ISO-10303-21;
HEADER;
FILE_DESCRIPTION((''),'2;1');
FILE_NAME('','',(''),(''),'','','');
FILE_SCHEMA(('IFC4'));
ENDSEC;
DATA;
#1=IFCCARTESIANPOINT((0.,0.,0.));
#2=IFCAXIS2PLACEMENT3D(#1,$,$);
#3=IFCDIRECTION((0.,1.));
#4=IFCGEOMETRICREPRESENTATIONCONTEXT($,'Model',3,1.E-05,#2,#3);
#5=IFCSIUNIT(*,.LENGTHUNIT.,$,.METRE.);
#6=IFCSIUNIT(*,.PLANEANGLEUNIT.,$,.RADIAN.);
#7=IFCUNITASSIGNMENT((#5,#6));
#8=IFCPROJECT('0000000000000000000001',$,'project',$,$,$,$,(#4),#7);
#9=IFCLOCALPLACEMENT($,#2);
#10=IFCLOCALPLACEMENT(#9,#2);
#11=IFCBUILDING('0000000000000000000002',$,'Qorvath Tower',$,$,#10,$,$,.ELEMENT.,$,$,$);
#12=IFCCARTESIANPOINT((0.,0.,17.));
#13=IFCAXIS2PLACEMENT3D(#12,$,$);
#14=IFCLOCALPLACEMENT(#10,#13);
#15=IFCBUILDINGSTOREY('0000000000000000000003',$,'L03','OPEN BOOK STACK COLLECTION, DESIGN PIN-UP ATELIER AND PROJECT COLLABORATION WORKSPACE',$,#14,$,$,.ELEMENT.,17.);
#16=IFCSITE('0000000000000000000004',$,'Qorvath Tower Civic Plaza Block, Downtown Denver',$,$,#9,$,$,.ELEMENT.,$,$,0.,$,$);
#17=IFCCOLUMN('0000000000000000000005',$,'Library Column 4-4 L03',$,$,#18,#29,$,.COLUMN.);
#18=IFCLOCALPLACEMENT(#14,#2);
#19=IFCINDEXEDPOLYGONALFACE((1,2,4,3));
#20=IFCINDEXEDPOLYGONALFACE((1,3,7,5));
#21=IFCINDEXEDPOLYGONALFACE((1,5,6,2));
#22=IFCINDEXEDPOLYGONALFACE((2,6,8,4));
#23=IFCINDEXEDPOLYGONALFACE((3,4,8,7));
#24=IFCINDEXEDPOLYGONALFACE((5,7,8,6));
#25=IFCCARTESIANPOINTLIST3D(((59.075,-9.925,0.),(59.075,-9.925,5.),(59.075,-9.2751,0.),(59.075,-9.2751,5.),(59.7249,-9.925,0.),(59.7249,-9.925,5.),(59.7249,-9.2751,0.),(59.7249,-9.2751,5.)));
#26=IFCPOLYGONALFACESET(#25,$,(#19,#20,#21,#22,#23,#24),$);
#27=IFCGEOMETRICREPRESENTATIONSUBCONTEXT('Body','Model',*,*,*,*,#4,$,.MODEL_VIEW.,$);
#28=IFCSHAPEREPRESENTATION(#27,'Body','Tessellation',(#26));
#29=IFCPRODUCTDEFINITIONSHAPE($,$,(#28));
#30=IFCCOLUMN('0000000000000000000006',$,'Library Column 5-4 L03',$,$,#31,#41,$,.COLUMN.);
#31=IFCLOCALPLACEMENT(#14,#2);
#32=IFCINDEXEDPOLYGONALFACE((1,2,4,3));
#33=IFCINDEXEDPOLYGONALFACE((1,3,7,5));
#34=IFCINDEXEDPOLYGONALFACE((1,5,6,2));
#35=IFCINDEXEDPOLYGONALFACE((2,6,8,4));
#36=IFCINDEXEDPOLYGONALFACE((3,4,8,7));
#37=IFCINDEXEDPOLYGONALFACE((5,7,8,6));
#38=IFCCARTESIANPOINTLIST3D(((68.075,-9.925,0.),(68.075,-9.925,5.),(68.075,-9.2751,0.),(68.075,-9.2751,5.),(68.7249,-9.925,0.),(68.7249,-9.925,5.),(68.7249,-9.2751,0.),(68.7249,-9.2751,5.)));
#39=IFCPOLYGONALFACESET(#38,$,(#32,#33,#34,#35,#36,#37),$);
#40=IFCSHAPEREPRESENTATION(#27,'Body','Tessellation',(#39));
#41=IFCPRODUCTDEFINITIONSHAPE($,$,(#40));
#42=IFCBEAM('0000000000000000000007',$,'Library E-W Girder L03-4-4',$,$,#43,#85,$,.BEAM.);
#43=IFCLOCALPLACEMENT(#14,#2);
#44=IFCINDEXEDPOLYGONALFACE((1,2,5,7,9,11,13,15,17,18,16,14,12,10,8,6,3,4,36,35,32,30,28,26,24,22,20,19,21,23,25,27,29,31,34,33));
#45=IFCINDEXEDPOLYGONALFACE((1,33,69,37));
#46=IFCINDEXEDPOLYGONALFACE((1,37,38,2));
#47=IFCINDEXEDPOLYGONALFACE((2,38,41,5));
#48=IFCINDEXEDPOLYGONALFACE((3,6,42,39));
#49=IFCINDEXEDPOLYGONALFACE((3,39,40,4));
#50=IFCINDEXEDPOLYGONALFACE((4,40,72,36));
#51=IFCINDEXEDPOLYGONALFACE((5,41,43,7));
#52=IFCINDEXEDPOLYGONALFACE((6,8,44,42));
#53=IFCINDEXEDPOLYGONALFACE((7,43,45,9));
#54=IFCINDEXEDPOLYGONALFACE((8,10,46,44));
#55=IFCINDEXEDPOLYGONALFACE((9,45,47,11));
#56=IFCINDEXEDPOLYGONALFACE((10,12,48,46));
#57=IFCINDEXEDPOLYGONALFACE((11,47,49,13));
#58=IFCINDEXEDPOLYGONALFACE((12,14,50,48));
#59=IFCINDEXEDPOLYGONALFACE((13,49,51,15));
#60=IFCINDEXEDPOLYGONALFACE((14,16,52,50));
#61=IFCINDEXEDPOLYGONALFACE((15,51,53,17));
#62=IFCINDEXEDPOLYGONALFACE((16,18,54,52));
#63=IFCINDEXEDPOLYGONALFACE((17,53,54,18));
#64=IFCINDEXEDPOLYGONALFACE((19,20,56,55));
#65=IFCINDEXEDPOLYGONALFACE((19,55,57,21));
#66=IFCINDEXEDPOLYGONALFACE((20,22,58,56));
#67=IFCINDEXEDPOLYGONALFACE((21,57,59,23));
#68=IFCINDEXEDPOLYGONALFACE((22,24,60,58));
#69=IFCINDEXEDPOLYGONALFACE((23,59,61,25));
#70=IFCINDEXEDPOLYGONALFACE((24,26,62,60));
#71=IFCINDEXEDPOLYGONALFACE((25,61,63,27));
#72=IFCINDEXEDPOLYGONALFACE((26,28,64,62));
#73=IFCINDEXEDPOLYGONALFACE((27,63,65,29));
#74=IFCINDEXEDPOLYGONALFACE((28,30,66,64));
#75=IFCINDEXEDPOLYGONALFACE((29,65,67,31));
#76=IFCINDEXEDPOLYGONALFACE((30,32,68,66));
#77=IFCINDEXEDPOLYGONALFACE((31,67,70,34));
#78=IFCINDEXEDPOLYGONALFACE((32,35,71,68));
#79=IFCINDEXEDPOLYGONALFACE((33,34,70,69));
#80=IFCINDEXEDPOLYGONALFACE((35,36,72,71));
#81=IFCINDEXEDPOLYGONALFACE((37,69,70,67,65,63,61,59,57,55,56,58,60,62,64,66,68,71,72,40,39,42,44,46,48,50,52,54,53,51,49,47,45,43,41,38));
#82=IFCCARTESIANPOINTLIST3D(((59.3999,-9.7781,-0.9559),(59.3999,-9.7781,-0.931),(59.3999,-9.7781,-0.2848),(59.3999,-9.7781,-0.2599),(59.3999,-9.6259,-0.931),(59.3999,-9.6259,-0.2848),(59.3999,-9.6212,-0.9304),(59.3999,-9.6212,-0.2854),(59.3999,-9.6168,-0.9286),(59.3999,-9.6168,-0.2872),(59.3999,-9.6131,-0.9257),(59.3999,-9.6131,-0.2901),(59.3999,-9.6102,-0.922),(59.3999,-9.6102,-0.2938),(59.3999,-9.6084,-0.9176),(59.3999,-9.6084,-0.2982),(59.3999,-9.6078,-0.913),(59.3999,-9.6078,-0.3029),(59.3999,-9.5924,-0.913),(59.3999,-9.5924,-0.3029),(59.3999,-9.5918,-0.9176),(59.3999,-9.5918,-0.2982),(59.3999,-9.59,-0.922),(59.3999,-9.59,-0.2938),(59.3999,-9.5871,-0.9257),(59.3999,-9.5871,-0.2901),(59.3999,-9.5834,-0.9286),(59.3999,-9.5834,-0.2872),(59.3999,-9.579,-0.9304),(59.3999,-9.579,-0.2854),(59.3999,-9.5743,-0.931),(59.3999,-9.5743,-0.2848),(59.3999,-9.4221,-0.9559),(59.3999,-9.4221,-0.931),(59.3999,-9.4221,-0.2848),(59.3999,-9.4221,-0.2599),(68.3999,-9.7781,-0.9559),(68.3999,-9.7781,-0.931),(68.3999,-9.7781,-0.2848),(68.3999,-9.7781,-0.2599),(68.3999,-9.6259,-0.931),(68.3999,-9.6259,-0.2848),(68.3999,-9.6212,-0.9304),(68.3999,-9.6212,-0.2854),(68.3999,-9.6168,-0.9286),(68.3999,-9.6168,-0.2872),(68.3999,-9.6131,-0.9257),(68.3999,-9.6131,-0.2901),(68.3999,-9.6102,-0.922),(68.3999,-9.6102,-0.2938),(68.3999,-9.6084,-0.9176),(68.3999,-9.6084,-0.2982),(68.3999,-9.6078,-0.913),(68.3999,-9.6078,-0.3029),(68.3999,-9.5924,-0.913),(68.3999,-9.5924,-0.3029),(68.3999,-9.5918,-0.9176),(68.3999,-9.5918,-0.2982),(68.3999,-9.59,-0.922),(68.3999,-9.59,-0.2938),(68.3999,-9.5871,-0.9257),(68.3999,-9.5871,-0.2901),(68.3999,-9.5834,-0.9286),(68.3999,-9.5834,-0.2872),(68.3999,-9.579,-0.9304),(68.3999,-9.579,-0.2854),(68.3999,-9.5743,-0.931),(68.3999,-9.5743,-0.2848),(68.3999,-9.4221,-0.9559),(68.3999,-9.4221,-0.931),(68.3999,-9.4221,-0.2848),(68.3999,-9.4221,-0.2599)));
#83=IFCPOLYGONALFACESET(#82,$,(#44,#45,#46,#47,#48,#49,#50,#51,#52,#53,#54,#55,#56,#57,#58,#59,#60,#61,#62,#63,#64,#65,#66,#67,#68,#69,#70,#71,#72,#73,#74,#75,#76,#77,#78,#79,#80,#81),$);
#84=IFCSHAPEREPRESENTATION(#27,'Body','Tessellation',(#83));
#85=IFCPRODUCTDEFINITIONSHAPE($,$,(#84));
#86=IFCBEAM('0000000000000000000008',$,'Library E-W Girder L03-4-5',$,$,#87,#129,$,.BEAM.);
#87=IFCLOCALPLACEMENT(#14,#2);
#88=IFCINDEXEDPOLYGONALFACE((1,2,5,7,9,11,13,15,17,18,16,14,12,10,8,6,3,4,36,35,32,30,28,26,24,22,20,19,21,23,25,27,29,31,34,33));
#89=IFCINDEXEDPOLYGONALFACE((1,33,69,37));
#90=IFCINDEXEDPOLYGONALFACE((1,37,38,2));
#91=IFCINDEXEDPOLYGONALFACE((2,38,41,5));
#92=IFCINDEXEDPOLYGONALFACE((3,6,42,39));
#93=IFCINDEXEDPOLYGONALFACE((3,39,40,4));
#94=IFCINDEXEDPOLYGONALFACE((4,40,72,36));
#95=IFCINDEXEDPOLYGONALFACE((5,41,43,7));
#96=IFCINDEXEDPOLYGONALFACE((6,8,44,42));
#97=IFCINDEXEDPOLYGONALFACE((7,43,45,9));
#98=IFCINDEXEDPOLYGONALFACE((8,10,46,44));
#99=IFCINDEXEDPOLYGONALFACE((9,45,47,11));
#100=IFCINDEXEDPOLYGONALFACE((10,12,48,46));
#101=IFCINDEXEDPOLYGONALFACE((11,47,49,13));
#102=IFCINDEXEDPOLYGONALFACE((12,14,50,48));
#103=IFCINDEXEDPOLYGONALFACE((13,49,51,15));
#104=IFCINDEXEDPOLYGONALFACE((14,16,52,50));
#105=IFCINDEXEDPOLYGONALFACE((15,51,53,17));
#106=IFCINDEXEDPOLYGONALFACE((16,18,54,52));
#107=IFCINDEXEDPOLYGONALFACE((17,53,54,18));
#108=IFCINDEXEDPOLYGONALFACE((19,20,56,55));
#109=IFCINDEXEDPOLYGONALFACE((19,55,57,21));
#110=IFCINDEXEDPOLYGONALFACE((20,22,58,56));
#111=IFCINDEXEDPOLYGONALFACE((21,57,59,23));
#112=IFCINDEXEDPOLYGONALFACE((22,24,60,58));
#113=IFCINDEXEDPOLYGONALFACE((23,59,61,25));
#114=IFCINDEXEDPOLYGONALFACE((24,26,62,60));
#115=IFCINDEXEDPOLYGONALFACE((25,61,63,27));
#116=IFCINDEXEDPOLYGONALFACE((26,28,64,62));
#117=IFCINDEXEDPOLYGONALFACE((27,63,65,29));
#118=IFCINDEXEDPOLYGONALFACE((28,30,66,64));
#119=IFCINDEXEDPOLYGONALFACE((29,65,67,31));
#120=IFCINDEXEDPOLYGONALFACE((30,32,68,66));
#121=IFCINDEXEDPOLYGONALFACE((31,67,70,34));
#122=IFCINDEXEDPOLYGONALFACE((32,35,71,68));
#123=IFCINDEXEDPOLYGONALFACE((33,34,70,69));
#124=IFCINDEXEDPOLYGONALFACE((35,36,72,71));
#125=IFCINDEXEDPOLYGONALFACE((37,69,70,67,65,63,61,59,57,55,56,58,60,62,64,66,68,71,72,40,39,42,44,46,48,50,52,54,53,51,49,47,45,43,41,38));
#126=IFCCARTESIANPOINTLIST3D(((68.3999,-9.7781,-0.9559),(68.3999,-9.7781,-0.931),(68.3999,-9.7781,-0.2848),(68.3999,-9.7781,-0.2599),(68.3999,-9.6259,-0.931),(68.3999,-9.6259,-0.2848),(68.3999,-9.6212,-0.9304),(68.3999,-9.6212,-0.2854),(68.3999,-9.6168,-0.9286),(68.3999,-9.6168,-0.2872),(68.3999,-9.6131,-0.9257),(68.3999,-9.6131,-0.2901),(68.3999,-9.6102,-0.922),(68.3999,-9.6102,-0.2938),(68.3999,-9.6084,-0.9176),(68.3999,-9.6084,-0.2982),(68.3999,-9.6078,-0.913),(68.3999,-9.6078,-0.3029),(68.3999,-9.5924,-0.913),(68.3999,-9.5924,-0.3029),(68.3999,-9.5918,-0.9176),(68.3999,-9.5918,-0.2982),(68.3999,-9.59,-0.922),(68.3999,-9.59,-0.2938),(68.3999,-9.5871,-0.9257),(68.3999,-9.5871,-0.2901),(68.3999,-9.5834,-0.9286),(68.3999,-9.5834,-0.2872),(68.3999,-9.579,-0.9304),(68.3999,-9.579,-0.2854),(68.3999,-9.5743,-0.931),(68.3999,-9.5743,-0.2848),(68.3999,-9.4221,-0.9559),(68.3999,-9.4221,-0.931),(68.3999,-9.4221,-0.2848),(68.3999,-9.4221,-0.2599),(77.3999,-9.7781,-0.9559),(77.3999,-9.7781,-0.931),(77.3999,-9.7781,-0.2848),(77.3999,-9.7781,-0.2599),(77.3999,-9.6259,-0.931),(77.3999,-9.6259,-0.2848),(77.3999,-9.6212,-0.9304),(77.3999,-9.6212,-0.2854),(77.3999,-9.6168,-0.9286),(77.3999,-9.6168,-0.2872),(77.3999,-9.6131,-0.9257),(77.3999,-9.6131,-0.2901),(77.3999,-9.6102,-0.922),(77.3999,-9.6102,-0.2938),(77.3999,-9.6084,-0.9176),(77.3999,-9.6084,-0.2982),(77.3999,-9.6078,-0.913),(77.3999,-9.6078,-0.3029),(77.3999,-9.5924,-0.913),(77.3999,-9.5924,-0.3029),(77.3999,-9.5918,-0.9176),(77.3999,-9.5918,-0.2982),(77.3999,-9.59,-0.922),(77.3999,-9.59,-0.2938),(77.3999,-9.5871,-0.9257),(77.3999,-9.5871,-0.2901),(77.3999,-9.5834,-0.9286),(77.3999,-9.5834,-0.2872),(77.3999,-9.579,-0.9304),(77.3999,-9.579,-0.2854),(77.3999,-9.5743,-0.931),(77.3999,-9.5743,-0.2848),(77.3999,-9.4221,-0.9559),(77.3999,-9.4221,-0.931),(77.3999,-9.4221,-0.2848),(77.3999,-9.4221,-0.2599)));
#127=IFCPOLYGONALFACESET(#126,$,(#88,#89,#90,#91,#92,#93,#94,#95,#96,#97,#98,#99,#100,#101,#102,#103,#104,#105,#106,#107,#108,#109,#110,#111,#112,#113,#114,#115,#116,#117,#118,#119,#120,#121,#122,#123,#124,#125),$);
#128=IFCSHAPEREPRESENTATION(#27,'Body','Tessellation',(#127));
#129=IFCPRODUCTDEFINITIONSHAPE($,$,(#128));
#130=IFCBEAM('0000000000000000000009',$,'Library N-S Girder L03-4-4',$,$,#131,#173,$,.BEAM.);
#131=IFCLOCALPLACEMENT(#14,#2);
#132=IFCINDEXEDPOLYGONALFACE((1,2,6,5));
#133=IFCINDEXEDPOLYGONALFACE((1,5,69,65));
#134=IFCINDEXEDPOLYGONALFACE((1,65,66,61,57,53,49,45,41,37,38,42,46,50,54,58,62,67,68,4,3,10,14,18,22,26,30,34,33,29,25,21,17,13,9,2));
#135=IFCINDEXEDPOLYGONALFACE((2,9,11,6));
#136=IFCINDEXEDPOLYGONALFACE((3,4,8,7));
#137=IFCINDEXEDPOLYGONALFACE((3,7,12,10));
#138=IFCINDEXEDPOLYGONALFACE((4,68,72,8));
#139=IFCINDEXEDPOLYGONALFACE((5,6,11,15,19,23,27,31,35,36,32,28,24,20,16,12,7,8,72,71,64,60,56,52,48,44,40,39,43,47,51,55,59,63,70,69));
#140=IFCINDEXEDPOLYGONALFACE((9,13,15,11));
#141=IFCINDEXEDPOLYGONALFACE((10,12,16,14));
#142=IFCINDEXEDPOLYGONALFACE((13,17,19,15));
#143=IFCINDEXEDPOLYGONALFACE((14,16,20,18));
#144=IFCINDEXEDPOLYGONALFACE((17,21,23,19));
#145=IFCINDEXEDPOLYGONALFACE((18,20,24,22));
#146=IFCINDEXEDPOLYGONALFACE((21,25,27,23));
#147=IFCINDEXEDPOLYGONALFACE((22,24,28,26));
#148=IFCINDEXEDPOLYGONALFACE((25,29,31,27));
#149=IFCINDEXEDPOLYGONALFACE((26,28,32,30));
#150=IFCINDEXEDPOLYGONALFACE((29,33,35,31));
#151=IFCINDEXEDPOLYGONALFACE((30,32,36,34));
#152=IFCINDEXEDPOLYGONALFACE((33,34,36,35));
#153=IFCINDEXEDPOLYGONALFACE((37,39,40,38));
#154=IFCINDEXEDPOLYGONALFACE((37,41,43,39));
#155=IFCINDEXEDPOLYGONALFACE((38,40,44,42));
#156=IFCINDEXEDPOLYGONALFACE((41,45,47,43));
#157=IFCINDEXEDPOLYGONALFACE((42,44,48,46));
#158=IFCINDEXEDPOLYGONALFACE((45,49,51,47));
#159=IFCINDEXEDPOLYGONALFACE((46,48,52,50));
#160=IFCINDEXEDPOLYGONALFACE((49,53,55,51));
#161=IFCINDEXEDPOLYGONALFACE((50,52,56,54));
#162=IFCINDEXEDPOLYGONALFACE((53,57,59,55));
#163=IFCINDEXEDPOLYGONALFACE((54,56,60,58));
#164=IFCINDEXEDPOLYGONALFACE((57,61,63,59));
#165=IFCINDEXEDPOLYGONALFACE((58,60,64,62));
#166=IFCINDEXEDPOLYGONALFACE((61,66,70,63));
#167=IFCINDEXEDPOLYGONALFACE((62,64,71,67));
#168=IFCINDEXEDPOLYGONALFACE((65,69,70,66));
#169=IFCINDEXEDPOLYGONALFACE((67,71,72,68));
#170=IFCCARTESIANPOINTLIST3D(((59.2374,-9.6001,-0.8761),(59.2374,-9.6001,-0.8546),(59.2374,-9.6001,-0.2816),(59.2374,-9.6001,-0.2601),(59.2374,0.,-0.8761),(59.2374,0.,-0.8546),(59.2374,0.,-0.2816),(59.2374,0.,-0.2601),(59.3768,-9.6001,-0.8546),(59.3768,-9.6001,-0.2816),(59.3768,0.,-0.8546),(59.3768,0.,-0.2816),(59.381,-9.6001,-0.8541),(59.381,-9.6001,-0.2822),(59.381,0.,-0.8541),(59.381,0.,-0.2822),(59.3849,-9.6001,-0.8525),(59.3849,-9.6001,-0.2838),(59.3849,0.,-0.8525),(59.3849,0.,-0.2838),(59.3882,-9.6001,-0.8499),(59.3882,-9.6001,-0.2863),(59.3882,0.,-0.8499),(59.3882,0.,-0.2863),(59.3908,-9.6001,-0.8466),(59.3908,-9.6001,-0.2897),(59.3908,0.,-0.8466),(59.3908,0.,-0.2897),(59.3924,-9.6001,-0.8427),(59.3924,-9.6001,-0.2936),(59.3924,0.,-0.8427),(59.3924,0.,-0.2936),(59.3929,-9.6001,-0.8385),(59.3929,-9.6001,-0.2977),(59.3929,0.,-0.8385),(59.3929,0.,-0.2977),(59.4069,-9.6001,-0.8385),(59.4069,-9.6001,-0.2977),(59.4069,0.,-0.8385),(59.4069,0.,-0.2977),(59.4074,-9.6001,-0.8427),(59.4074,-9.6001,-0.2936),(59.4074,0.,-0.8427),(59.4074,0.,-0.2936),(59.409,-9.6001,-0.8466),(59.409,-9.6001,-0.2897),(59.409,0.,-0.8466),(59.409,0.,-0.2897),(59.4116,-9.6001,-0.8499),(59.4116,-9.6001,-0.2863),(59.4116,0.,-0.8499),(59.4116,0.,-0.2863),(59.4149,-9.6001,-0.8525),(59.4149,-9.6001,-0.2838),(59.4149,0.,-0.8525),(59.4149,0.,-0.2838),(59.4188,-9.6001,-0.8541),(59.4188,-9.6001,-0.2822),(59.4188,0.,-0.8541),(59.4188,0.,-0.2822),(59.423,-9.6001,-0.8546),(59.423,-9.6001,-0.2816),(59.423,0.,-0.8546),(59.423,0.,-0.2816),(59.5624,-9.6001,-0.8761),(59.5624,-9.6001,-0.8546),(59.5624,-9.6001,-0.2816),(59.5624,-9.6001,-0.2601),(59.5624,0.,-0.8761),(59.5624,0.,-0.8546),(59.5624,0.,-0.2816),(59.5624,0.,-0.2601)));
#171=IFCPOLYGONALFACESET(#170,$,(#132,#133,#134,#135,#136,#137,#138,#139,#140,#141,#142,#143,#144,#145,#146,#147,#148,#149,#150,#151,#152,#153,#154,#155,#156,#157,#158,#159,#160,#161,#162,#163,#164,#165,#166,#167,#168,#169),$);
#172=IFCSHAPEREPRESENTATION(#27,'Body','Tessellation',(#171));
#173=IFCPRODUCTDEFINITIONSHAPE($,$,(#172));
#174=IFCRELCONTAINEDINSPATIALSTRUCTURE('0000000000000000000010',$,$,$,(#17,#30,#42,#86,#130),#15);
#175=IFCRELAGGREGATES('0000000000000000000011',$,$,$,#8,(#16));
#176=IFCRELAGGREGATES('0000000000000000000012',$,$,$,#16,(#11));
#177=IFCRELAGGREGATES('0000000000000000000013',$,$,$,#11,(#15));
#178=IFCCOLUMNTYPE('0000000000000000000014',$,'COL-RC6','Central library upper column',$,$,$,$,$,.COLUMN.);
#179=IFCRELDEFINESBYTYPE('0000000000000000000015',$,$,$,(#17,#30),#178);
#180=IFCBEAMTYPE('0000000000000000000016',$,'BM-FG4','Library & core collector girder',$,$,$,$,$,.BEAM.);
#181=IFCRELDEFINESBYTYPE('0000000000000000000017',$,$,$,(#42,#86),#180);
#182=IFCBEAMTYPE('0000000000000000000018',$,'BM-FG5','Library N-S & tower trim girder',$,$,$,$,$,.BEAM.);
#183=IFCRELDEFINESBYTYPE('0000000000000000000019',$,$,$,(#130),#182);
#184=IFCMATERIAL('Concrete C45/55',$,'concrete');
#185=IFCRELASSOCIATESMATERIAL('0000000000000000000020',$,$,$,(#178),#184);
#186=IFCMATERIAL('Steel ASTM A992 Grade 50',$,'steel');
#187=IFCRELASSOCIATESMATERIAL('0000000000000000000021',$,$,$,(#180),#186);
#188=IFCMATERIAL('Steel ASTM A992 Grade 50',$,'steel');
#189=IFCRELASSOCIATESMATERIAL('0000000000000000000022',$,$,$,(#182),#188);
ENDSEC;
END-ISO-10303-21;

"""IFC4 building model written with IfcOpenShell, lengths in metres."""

from ifc_helpers import new_model, si_unit, direction, frame, origin, origin_2d, place, context, subcontext, project, spatial, rectangle, i_section, extrude, material, material_profile, profile_set, type_object, element, save


model = new_model("IFC4")

# Units and contexts
model_context = context("Model", 3, precision=1e-05, world=origin(), true_north=direction((0.0, 1.0)))
body_context = subcontext(model_context, "Body", "Model", "MODEL_VIEW")
ifc_project = project(units=[si_unit("LENGTHUNIT", "METRE"), si_unit("PLANEANGLEUNIT", "RADIAN")], contexts=[model_context])

# Site, building, storey
site_placement = place(None, origin())
site = spatial("IfcSite", under=ifc_project, at=site_placement, Name="Qorvath Tower Civic Plaza Block, Downtown Denver", CompositionType="ELEMENT", RefElevation=0.0)
building_placement = place(site_placement, origin())
building = spatial("IfcBuilding", under=site, at=building_placement, Name="Qorvath Tower", CompositionType="ELEMENT")
storey_placement = place(building_placement, frame((0.0, 0.0, 17.0)))
storey = spatial("IfcBuildingStorey", under=building, at=storey_placement, Name="L03", Description="OPEN BOOK STACK COLLECTION, DESIGN PIN-UP ATELIER AND PROJECT COLLABORATION WORKSPACE", CompositionType="ELEMENT", Elevation=17.0)

# Columns
ifc_material_1 = material(Name="Concrete C45/55", Category="concrete")
ifc_material_profile_1 = material_profile(ifc_material_1, rectangle(XDim=0.6499, YDim=0.6499, at=origin_2d()), Name="RC 650x650")
ifc_profile_set_1 = profile_set([ifc_material_profile_1], Name="Concrete C45/55")
column_type = type_object("IfcColumnType", Name="COL-RC6", Description="Central library upper column", PredefinedType="COLUMN", material=ifc_profile_set_1)
for number, where, z_axis, x_axis, name in (
    (1, (59.3999, -9.6001, 0.0), (0.0, 0.0, 1.0), (1.0, 0.0, 0.0), "Library Column 4-4 L03"),
    (2, (68.3999, -9.6001, 0.0), (0.0, 0.0, 1.0), (1.0, 0.0, 0.0), "Library Column 5-4 L03"),
):
    element("IfcColumn", number, at=place(storey_placement, frame(where, z_axis=z_axis, x_axis=x_axis)), inside=storey, type_object=column_type, Name=name, PredefinedType="COLUMN", context=body_context, shape_type="SweptSolid", body=[
        extrude(rectangle(XDim=0.6499, YDim=0.6499, at=origin_2d()), origin(), (0.0, 0.0, 1.0), 5.0),
    ])

# Beams
ifc_material_2 = material(Name="Steel ASTM A992 Grade 50", Category="steel")
ifc_material_profile_2 = material_profile(ifc_material_2, i_section(OverallWidth=0.356, OverallDepth=0.696, WebThickness=0.0154, FlangeThickness=0.0249, FilletRadius=0.0181, at=origin_2d()), Name="W27x146")
ifc_profile_set_2 = profile_set([ifc_material_profile_2], Name="Steel ASTM A992 Grade 50")
beam_type_1 = type_object("IfcBeamType", Name="BM-FG4", Description="Library & core collector girder", PredefinedType="BEAM", material=ifc_profile_set_2)
for number, where, z_axis, x_axis, name in (
    (3, (59.3999, -9.6001, -0.6079), (1.0, 0.0, 0.0), (0.0, 1.0, 0.0), "Library E-W Girder L03-4-4"),
    (4, (68.3999, -9.6001, -0.6079), (1.0, 0.0, 0.0), (0.0, 1.0, 0.0), "Library E-W Girder L03-4-5"),
):
    element("IfcBeam", number, at=place(storey_placement, frame(where, z_axis=z_axis, x_axis=x_axis)), inside=storey, type_object=beam_type_1, Name=name, PredefinedType="BEAM", context=body_context, shape_type="SweptSolid", body=[
        extrude(i_section(OverallWidth=0.356, OverallDepth=0.696, WebThickness=0.0154, FlangeThickness=0.0249, FilletRadius=0.0181, at=origin_2d()), origin(), (0.0, 0.0, 1.0), 9.0),
    ])
ifc_material_3 = material(Name="Steel ASTM A992 Grade 50", Category="steel")
ifc_material_profile_3 = material_profile(ifc_material_3, i_section(OverallWidth=0.325, OverallDepth=0.616, WebThickness=0.0139, FlangeThickness=0.0215, FilletRadius=0.0161, at=origin_2d()), Name="W24x117")
ifc_profile_set_3 = profile_set([ifc_material_profile_3], Name="Steel ASTM A992 Grade 50")
beam_type_2 = type_object("IfcBeamType", Name="BM-FG5", Description="Library N-S & tower trim girder", PredefinedType="BEAM", material=ifc_profile_set_3)
for number, where, z_axis, x_axis, name in (
    (5, (59.3999, -9.6001, -0.5681), (0.0, 1.0, 0.0), (-1.0, 0.0, 0.0), "Library N-S Girder L03-4-4"),
):
    element("IfcBeam", number, at=place(storey_placement, frame(where, z_axis=z_axis, x_axis=x_axis)), inside=storey, type_object=beam_type_2, Name=name, PredefinedType="BEAM", context=body_context, shape_type="SweptSolid", body=[
        extrude(i_section(OverallWidth=0.325, OverallDepth=0.616, WebThickness=0.0139, FlangeThickness=0.0215, FilletRadius=0.0161, at=origin_2d()), origin(), (0.0, 0.0, 1.0), 9.6001),
    ])

save(model, "model.ifc")
